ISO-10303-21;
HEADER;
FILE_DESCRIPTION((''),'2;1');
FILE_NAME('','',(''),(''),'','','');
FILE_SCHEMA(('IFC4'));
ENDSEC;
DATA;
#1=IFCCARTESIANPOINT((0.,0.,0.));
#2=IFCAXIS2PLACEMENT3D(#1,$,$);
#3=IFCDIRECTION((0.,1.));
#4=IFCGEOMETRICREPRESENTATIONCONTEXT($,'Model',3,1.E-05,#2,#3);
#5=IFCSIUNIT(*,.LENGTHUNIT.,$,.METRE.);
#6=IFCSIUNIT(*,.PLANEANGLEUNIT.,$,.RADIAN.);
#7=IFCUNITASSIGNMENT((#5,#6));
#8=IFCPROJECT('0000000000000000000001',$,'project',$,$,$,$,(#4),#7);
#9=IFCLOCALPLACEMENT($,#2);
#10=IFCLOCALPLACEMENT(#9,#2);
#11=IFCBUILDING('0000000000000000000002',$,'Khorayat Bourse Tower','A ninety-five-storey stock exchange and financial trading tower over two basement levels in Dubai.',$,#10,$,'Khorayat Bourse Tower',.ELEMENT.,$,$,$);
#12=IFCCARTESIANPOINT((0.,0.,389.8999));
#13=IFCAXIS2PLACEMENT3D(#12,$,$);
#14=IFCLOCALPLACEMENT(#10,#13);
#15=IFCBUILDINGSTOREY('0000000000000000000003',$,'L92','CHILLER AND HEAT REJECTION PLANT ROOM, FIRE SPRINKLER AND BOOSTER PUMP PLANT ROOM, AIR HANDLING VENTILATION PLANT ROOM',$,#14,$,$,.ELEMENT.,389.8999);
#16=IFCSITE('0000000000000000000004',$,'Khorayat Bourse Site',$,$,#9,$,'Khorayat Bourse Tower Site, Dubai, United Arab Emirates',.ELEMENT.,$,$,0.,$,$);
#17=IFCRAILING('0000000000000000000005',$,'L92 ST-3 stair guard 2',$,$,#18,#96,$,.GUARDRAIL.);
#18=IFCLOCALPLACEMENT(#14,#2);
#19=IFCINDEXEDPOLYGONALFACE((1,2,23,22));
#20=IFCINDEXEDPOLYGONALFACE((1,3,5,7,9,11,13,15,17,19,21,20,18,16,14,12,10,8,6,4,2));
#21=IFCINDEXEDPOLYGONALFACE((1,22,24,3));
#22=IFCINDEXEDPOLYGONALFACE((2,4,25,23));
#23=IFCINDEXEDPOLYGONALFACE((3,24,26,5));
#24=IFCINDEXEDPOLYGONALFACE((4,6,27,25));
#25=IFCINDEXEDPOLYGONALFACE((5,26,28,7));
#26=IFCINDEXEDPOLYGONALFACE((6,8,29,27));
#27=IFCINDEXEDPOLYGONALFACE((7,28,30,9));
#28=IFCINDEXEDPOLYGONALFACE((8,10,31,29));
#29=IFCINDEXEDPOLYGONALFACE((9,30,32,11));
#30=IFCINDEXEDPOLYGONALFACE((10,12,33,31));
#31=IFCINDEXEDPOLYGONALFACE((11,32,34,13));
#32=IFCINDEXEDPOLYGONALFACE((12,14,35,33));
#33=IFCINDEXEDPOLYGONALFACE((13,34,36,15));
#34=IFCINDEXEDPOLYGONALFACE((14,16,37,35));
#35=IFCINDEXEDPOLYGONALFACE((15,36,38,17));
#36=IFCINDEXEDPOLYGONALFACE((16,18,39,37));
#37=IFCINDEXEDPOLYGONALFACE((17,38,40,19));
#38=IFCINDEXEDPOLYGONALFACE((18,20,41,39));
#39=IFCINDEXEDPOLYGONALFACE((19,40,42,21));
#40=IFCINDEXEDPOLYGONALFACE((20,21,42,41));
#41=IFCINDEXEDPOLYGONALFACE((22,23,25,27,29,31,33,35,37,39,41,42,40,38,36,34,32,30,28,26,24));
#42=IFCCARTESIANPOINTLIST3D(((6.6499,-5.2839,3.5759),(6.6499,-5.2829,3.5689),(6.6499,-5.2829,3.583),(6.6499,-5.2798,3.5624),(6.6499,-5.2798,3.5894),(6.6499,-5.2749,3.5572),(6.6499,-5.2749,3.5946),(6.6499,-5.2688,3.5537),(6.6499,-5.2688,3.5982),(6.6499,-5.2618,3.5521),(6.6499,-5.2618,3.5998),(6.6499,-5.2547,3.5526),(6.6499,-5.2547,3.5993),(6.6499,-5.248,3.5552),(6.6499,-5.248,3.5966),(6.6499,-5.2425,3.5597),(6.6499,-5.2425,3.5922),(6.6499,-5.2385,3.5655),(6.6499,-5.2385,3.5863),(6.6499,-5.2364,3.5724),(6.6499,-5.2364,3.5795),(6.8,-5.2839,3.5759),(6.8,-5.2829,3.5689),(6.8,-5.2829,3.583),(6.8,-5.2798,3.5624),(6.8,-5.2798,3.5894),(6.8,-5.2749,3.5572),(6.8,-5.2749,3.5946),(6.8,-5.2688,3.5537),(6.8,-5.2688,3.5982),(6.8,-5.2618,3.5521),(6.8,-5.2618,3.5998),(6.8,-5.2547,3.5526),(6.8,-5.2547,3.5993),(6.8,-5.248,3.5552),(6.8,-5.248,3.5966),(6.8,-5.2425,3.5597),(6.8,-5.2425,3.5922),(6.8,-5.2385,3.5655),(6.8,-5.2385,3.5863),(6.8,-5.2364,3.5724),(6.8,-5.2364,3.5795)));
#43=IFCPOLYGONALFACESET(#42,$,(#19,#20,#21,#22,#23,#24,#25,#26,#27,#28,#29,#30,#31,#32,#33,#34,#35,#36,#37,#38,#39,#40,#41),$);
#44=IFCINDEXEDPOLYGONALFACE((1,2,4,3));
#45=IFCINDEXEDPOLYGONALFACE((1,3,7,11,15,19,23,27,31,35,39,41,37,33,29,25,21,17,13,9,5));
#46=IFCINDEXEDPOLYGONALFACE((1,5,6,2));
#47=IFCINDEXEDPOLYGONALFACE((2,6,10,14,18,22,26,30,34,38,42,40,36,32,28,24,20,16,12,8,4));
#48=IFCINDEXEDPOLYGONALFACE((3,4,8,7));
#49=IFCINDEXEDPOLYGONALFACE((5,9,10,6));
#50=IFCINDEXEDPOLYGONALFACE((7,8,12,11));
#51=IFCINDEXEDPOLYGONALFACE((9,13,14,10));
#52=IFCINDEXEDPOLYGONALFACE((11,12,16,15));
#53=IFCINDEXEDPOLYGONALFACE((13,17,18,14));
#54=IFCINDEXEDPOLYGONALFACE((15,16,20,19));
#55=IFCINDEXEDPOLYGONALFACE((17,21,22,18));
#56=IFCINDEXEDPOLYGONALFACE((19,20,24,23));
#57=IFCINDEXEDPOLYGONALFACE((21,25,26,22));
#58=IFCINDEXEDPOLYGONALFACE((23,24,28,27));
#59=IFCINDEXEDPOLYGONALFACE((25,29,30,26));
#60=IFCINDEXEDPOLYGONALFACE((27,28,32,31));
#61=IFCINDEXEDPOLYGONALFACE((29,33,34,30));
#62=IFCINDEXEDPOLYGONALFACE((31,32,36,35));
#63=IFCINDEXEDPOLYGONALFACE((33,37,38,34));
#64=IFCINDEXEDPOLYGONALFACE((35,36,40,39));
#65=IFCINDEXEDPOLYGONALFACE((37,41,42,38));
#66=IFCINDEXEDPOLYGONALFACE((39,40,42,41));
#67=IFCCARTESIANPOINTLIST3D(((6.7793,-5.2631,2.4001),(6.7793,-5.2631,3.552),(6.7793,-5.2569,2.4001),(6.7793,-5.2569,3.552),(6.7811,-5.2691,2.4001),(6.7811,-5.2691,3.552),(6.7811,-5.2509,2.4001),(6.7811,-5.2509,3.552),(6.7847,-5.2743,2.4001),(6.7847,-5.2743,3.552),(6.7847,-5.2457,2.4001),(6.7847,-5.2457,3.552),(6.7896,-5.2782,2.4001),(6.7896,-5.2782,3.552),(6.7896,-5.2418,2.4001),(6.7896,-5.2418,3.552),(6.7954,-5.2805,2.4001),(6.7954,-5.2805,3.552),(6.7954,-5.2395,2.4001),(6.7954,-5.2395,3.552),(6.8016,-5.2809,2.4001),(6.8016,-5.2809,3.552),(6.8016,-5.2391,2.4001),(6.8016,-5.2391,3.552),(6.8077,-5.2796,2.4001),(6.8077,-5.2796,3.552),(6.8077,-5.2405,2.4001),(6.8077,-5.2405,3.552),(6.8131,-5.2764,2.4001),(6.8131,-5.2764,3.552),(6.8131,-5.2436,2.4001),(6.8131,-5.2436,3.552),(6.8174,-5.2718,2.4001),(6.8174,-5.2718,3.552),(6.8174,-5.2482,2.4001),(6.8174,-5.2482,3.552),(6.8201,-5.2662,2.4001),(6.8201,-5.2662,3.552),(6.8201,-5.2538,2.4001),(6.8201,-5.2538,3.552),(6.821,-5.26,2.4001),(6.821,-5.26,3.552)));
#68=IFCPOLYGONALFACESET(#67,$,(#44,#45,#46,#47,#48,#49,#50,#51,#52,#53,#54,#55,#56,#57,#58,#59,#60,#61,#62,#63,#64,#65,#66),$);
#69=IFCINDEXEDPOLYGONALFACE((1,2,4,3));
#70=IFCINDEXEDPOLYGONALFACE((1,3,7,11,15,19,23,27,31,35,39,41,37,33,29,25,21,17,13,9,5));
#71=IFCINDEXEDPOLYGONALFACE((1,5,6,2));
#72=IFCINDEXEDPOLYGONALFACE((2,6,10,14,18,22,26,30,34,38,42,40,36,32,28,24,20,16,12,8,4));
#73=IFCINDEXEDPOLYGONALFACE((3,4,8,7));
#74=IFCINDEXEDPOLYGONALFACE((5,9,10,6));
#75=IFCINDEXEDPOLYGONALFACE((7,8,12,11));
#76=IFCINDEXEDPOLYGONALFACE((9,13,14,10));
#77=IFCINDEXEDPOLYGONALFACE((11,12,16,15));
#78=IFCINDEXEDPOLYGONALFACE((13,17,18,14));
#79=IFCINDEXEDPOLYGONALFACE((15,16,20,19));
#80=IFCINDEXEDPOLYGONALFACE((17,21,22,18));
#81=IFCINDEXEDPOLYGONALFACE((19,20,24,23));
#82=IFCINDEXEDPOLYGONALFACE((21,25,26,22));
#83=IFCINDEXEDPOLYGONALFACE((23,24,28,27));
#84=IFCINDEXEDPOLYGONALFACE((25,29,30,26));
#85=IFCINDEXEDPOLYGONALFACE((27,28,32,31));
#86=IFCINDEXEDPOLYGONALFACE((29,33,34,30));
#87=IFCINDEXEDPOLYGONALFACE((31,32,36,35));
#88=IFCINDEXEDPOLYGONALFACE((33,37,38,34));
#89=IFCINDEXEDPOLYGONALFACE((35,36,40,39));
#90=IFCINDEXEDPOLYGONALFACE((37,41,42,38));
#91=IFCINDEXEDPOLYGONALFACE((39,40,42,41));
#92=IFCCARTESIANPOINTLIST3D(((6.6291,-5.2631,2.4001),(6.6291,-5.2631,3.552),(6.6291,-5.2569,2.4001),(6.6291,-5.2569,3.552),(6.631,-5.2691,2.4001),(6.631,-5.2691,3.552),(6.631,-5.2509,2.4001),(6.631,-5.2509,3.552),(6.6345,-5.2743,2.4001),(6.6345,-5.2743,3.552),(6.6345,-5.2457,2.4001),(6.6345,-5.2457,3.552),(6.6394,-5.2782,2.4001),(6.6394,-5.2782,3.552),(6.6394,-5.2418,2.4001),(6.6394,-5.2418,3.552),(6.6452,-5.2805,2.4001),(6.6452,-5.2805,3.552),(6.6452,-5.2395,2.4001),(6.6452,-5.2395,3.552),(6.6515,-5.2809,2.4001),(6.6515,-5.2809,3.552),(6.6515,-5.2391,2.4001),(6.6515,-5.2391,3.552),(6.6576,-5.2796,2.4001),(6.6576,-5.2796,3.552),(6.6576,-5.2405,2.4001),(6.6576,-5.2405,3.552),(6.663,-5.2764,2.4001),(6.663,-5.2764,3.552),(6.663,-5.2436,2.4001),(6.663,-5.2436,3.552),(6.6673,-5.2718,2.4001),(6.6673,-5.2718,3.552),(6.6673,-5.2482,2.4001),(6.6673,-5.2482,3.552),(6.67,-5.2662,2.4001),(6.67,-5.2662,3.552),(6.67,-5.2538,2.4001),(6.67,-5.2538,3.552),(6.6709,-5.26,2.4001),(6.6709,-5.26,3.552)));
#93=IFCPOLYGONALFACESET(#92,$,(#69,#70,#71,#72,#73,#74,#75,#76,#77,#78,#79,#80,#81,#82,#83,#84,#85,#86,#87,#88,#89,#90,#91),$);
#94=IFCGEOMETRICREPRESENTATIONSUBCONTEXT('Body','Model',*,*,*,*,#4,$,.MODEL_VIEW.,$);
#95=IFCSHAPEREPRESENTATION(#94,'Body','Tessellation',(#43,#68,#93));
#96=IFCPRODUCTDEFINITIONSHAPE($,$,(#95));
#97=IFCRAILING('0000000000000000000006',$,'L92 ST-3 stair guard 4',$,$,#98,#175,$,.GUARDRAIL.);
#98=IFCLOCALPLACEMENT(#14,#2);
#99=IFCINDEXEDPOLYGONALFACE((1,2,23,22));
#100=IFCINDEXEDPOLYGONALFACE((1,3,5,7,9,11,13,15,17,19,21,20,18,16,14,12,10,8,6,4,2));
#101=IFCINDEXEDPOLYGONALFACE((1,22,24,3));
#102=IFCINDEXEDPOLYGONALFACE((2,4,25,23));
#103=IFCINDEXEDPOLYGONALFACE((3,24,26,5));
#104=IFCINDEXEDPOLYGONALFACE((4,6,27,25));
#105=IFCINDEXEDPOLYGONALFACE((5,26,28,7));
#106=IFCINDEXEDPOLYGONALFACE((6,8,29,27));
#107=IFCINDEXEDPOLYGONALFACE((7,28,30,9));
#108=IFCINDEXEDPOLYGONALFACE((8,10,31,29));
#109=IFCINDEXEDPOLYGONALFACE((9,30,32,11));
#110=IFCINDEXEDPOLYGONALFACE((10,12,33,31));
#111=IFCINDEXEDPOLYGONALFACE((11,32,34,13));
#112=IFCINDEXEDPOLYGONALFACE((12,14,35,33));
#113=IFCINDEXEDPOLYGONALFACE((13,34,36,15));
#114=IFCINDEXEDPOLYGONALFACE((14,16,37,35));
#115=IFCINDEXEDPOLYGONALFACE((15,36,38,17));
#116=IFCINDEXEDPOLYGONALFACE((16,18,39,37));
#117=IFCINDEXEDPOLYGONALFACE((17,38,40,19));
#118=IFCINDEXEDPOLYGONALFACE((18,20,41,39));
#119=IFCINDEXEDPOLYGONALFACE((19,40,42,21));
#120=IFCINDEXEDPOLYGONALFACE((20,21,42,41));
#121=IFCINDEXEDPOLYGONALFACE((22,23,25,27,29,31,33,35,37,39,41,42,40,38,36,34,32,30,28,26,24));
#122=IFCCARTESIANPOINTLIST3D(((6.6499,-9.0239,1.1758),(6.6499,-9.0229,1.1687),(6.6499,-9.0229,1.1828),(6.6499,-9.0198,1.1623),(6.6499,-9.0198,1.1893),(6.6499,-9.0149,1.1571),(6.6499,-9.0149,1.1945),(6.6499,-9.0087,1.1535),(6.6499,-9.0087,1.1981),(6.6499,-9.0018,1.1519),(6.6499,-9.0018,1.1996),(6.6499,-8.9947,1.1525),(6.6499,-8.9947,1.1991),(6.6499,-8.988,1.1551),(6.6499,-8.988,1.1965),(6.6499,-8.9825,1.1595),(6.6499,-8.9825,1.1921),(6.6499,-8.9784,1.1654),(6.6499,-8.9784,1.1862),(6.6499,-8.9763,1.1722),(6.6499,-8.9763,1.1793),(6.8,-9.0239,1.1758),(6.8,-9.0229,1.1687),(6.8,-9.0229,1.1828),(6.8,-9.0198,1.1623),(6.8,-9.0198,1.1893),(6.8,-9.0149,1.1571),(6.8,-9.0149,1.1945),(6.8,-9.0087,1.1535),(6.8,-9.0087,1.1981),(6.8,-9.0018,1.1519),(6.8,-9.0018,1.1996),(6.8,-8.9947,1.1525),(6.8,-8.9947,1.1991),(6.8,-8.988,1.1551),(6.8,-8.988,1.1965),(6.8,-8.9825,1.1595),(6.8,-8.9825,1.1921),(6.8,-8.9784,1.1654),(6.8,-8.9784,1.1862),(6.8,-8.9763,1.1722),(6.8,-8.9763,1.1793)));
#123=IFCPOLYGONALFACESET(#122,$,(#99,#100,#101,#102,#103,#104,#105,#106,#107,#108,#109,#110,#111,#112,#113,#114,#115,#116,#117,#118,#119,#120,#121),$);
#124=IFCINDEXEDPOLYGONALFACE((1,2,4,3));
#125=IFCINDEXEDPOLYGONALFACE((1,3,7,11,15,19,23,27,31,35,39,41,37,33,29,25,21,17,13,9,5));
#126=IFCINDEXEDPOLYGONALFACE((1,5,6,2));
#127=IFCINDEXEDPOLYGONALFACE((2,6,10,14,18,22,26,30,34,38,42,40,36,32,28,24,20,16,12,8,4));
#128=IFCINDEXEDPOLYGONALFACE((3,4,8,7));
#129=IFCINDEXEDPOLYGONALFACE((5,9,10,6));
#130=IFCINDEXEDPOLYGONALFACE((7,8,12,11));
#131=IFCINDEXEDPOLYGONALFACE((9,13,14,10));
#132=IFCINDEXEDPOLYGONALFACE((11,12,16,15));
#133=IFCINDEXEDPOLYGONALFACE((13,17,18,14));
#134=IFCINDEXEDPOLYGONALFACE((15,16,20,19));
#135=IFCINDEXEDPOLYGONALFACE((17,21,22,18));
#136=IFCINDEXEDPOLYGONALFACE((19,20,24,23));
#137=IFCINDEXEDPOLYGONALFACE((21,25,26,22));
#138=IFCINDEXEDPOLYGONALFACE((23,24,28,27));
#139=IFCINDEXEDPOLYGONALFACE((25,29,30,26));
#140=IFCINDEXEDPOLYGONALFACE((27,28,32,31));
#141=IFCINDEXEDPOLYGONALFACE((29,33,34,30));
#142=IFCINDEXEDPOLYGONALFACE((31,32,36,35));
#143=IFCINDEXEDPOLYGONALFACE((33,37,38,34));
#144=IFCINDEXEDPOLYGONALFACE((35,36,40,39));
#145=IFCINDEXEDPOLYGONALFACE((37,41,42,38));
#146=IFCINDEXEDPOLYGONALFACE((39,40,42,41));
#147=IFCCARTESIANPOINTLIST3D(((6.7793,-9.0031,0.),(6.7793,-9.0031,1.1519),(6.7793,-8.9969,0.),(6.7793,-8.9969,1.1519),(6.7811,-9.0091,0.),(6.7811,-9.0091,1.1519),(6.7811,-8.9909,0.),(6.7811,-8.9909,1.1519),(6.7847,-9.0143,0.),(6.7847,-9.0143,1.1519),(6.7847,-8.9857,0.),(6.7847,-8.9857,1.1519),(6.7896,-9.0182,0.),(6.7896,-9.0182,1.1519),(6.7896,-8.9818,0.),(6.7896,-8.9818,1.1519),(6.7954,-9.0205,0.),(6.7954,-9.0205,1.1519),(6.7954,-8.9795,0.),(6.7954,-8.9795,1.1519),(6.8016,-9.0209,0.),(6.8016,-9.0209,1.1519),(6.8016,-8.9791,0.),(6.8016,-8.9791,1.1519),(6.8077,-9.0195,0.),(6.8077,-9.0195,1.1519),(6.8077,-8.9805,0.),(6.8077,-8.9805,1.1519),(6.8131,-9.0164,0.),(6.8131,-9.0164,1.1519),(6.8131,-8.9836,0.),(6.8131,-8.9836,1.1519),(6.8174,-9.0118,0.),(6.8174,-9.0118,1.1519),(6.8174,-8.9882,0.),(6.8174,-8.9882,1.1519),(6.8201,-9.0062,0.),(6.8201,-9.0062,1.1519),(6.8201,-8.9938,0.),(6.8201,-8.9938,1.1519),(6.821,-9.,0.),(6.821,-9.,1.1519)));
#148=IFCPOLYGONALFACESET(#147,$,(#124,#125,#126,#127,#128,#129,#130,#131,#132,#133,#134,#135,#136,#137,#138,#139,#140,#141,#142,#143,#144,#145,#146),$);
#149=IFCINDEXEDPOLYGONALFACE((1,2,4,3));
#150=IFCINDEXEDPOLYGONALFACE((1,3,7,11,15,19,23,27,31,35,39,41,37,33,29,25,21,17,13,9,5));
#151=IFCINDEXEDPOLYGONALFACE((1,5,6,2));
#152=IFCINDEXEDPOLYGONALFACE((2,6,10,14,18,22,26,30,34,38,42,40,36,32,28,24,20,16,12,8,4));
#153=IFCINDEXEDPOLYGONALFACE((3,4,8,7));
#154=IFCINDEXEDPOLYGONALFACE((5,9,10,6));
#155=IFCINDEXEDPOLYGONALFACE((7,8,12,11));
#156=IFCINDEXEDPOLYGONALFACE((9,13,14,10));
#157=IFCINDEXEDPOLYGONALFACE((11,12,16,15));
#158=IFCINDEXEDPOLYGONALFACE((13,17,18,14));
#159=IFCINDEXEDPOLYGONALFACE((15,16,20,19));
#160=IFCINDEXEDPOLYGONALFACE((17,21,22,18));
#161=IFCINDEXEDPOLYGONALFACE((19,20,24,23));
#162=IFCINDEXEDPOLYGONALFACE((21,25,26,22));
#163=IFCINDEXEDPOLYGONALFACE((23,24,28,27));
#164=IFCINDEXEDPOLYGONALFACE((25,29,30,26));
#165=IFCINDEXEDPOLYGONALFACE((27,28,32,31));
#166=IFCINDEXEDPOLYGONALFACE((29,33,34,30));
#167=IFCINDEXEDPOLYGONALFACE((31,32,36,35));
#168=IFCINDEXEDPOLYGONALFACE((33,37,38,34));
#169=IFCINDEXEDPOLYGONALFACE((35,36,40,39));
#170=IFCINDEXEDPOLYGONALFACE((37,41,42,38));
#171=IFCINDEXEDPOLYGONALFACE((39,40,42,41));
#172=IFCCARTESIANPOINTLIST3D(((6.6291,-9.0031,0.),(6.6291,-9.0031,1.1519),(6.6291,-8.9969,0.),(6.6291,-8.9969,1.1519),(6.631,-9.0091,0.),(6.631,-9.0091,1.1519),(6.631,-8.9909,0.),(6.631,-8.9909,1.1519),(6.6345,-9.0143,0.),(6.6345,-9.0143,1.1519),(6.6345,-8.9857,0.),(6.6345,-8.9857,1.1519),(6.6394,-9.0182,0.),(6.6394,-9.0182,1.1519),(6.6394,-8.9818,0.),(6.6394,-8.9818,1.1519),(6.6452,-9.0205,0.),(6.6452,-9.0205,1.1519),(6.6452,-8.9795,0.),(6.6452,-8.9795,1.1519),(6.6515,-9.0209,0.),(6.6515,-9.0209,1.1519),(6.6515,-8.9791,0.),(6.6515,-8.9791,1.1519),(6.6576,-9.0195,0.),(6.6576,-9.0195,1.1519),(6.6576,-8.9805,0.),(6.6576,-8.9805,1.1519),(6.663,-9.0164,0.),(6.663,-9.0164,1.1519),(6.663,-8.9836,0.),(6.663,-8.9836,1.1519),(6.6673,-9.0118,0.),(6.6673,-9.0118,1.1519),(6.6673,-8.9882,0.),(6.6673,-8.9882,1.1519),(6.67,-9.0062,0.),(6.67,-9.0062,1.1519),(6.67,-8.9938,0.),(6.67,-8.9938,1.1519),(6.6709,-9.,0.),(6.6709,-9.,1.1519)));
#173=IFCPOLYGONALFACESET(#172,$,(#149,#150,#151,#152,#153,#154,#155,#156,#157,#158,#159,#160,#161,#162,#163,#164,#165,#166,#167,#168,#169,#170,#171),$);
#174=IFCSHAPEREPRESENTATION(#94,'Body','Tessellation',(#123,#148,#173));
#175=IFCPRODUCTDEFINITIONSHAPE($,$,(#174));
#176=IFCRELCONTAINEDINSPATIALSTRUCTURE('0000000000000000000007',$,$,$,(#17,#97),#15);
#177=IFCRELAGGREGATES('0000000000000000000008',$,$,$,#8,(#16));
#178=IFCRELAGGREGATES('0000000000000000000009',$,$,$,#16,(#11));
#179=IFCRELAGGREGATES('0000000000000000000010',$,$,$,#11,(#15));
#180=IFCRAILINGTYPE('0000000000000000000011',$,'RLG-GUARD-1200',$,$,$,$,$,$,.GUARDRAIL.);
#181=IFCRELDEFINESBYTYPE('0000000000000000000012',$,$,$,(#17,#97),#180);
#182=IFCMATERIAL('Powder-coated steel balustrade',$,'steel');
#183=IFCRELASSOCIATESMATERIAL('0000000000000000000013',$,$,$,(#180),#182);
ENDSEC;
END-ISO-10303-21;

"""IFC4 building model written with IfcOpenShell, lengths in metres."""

from ifc_helpers import new_model, si_unit, direction, frame, origin, origin_2d, place, context, subcontext, project, spatial, circle, extrude, source, transform, mapped, material, type_object, element, save


model = new_model("IFC4")

# Units and contexts
model_context = context("Model", 3, precision=1e-05, world=origin(), true_north=direction((0.0, 1.0)))
body_context = subcontext(model_context, "Body", "Model", "MODEL_VIEW")
ifc_project = project(units=[si_unit("LENGTHUNIT", "METRE"), si_unit("PLANEANGLEUNIT", "RADIAN")], contexts=[model_context])

# Site, building, storey
site_placement = place(None, origin())
site = spatial("IfcSite", under=ifc_project, at=site_placement, Name="Khorayat Bourse Site", LongName="Khorayat Bourse Tower Site, Dubai, United Arab Emirates", CompositionType="ELEMENT", RefElevation=0.0)
building_placement = place(site_placement, origin())
building = spatial("IfcBuilding", under=site, at=building_placement, Name="Khorayat Bourse Tower", Description="A ninety-five-storey stock exchange and financial trading tower over two basement levels in Dubai.", LongName="Khorayat Bourse Tower", CompositionType="ELEMENT")
storey_placement = place(building_placement, frame((0.0, 0.0, 389.8999)))
storey = spatial("IfcBuildingStorey", under=building, at=storey_placement, Name="L92", Description="CHILLER AND HEAT REJECTION PLANT ROOM, FIRE SPRINKLER AND BOOSTER PUMP PLANT ROOM, AIR HANDLING VENTILATION PLANT ROOM", CompositionType="ELEMENT", Elevation=389.8999)

# Railings
ifc_material_1 = material(Name="Powder-coated steel balustrade", Category="steel")
railing_type_1 = type_object("IfcRailingType", Name="RLG-GUARD-1200", PredefinedType="GUARDRAIL", material=ifc_material_1)
shared_shape_1 = source(origin(), body_context, "Body", "SweptSolid", [
    extrude(circle(Radius=0.0239, at=origin_2d()), frame((0.0, 0.0, 1.1758), z_axis=(-1.0, 0.0, 0.0), x_axis=(0.0, -1.0, 0.0)), (0.0, 0.0, 1.0), 0.1501),
    extrude(circle(Radius=0.021, at=origin_2d()), origin(), (0.0, 0.0, 1.0), 1.1519),
    extrude(circle(Radius=0.021, at=origin_2d()), frame((-0.1501, 0.0, 0.0)), (0.0, 0.0, 1.0), 1.1519),
])
for number, where, name in (
    (1, (6.8, -5.26, 2.4001), "L92 ST-3 stair guard 2"),
    (2, (6.8, -9.0, 0.0), "L92 ST-3 stair guard 4"),
):
    element("IfcRailing", number, at=place(storey_placement, frame(where)), inside=storey, type_object=railing_type_1, Name=name, PredefinedType="GUARDRAIL", context=body_context, shape_type="MappedRepresentation", body=[
        mapped(shared_shape_1, transform((0.0, 0.0, 0.0), scale=1.0)),
    ])

save(model, "model.ifc")
